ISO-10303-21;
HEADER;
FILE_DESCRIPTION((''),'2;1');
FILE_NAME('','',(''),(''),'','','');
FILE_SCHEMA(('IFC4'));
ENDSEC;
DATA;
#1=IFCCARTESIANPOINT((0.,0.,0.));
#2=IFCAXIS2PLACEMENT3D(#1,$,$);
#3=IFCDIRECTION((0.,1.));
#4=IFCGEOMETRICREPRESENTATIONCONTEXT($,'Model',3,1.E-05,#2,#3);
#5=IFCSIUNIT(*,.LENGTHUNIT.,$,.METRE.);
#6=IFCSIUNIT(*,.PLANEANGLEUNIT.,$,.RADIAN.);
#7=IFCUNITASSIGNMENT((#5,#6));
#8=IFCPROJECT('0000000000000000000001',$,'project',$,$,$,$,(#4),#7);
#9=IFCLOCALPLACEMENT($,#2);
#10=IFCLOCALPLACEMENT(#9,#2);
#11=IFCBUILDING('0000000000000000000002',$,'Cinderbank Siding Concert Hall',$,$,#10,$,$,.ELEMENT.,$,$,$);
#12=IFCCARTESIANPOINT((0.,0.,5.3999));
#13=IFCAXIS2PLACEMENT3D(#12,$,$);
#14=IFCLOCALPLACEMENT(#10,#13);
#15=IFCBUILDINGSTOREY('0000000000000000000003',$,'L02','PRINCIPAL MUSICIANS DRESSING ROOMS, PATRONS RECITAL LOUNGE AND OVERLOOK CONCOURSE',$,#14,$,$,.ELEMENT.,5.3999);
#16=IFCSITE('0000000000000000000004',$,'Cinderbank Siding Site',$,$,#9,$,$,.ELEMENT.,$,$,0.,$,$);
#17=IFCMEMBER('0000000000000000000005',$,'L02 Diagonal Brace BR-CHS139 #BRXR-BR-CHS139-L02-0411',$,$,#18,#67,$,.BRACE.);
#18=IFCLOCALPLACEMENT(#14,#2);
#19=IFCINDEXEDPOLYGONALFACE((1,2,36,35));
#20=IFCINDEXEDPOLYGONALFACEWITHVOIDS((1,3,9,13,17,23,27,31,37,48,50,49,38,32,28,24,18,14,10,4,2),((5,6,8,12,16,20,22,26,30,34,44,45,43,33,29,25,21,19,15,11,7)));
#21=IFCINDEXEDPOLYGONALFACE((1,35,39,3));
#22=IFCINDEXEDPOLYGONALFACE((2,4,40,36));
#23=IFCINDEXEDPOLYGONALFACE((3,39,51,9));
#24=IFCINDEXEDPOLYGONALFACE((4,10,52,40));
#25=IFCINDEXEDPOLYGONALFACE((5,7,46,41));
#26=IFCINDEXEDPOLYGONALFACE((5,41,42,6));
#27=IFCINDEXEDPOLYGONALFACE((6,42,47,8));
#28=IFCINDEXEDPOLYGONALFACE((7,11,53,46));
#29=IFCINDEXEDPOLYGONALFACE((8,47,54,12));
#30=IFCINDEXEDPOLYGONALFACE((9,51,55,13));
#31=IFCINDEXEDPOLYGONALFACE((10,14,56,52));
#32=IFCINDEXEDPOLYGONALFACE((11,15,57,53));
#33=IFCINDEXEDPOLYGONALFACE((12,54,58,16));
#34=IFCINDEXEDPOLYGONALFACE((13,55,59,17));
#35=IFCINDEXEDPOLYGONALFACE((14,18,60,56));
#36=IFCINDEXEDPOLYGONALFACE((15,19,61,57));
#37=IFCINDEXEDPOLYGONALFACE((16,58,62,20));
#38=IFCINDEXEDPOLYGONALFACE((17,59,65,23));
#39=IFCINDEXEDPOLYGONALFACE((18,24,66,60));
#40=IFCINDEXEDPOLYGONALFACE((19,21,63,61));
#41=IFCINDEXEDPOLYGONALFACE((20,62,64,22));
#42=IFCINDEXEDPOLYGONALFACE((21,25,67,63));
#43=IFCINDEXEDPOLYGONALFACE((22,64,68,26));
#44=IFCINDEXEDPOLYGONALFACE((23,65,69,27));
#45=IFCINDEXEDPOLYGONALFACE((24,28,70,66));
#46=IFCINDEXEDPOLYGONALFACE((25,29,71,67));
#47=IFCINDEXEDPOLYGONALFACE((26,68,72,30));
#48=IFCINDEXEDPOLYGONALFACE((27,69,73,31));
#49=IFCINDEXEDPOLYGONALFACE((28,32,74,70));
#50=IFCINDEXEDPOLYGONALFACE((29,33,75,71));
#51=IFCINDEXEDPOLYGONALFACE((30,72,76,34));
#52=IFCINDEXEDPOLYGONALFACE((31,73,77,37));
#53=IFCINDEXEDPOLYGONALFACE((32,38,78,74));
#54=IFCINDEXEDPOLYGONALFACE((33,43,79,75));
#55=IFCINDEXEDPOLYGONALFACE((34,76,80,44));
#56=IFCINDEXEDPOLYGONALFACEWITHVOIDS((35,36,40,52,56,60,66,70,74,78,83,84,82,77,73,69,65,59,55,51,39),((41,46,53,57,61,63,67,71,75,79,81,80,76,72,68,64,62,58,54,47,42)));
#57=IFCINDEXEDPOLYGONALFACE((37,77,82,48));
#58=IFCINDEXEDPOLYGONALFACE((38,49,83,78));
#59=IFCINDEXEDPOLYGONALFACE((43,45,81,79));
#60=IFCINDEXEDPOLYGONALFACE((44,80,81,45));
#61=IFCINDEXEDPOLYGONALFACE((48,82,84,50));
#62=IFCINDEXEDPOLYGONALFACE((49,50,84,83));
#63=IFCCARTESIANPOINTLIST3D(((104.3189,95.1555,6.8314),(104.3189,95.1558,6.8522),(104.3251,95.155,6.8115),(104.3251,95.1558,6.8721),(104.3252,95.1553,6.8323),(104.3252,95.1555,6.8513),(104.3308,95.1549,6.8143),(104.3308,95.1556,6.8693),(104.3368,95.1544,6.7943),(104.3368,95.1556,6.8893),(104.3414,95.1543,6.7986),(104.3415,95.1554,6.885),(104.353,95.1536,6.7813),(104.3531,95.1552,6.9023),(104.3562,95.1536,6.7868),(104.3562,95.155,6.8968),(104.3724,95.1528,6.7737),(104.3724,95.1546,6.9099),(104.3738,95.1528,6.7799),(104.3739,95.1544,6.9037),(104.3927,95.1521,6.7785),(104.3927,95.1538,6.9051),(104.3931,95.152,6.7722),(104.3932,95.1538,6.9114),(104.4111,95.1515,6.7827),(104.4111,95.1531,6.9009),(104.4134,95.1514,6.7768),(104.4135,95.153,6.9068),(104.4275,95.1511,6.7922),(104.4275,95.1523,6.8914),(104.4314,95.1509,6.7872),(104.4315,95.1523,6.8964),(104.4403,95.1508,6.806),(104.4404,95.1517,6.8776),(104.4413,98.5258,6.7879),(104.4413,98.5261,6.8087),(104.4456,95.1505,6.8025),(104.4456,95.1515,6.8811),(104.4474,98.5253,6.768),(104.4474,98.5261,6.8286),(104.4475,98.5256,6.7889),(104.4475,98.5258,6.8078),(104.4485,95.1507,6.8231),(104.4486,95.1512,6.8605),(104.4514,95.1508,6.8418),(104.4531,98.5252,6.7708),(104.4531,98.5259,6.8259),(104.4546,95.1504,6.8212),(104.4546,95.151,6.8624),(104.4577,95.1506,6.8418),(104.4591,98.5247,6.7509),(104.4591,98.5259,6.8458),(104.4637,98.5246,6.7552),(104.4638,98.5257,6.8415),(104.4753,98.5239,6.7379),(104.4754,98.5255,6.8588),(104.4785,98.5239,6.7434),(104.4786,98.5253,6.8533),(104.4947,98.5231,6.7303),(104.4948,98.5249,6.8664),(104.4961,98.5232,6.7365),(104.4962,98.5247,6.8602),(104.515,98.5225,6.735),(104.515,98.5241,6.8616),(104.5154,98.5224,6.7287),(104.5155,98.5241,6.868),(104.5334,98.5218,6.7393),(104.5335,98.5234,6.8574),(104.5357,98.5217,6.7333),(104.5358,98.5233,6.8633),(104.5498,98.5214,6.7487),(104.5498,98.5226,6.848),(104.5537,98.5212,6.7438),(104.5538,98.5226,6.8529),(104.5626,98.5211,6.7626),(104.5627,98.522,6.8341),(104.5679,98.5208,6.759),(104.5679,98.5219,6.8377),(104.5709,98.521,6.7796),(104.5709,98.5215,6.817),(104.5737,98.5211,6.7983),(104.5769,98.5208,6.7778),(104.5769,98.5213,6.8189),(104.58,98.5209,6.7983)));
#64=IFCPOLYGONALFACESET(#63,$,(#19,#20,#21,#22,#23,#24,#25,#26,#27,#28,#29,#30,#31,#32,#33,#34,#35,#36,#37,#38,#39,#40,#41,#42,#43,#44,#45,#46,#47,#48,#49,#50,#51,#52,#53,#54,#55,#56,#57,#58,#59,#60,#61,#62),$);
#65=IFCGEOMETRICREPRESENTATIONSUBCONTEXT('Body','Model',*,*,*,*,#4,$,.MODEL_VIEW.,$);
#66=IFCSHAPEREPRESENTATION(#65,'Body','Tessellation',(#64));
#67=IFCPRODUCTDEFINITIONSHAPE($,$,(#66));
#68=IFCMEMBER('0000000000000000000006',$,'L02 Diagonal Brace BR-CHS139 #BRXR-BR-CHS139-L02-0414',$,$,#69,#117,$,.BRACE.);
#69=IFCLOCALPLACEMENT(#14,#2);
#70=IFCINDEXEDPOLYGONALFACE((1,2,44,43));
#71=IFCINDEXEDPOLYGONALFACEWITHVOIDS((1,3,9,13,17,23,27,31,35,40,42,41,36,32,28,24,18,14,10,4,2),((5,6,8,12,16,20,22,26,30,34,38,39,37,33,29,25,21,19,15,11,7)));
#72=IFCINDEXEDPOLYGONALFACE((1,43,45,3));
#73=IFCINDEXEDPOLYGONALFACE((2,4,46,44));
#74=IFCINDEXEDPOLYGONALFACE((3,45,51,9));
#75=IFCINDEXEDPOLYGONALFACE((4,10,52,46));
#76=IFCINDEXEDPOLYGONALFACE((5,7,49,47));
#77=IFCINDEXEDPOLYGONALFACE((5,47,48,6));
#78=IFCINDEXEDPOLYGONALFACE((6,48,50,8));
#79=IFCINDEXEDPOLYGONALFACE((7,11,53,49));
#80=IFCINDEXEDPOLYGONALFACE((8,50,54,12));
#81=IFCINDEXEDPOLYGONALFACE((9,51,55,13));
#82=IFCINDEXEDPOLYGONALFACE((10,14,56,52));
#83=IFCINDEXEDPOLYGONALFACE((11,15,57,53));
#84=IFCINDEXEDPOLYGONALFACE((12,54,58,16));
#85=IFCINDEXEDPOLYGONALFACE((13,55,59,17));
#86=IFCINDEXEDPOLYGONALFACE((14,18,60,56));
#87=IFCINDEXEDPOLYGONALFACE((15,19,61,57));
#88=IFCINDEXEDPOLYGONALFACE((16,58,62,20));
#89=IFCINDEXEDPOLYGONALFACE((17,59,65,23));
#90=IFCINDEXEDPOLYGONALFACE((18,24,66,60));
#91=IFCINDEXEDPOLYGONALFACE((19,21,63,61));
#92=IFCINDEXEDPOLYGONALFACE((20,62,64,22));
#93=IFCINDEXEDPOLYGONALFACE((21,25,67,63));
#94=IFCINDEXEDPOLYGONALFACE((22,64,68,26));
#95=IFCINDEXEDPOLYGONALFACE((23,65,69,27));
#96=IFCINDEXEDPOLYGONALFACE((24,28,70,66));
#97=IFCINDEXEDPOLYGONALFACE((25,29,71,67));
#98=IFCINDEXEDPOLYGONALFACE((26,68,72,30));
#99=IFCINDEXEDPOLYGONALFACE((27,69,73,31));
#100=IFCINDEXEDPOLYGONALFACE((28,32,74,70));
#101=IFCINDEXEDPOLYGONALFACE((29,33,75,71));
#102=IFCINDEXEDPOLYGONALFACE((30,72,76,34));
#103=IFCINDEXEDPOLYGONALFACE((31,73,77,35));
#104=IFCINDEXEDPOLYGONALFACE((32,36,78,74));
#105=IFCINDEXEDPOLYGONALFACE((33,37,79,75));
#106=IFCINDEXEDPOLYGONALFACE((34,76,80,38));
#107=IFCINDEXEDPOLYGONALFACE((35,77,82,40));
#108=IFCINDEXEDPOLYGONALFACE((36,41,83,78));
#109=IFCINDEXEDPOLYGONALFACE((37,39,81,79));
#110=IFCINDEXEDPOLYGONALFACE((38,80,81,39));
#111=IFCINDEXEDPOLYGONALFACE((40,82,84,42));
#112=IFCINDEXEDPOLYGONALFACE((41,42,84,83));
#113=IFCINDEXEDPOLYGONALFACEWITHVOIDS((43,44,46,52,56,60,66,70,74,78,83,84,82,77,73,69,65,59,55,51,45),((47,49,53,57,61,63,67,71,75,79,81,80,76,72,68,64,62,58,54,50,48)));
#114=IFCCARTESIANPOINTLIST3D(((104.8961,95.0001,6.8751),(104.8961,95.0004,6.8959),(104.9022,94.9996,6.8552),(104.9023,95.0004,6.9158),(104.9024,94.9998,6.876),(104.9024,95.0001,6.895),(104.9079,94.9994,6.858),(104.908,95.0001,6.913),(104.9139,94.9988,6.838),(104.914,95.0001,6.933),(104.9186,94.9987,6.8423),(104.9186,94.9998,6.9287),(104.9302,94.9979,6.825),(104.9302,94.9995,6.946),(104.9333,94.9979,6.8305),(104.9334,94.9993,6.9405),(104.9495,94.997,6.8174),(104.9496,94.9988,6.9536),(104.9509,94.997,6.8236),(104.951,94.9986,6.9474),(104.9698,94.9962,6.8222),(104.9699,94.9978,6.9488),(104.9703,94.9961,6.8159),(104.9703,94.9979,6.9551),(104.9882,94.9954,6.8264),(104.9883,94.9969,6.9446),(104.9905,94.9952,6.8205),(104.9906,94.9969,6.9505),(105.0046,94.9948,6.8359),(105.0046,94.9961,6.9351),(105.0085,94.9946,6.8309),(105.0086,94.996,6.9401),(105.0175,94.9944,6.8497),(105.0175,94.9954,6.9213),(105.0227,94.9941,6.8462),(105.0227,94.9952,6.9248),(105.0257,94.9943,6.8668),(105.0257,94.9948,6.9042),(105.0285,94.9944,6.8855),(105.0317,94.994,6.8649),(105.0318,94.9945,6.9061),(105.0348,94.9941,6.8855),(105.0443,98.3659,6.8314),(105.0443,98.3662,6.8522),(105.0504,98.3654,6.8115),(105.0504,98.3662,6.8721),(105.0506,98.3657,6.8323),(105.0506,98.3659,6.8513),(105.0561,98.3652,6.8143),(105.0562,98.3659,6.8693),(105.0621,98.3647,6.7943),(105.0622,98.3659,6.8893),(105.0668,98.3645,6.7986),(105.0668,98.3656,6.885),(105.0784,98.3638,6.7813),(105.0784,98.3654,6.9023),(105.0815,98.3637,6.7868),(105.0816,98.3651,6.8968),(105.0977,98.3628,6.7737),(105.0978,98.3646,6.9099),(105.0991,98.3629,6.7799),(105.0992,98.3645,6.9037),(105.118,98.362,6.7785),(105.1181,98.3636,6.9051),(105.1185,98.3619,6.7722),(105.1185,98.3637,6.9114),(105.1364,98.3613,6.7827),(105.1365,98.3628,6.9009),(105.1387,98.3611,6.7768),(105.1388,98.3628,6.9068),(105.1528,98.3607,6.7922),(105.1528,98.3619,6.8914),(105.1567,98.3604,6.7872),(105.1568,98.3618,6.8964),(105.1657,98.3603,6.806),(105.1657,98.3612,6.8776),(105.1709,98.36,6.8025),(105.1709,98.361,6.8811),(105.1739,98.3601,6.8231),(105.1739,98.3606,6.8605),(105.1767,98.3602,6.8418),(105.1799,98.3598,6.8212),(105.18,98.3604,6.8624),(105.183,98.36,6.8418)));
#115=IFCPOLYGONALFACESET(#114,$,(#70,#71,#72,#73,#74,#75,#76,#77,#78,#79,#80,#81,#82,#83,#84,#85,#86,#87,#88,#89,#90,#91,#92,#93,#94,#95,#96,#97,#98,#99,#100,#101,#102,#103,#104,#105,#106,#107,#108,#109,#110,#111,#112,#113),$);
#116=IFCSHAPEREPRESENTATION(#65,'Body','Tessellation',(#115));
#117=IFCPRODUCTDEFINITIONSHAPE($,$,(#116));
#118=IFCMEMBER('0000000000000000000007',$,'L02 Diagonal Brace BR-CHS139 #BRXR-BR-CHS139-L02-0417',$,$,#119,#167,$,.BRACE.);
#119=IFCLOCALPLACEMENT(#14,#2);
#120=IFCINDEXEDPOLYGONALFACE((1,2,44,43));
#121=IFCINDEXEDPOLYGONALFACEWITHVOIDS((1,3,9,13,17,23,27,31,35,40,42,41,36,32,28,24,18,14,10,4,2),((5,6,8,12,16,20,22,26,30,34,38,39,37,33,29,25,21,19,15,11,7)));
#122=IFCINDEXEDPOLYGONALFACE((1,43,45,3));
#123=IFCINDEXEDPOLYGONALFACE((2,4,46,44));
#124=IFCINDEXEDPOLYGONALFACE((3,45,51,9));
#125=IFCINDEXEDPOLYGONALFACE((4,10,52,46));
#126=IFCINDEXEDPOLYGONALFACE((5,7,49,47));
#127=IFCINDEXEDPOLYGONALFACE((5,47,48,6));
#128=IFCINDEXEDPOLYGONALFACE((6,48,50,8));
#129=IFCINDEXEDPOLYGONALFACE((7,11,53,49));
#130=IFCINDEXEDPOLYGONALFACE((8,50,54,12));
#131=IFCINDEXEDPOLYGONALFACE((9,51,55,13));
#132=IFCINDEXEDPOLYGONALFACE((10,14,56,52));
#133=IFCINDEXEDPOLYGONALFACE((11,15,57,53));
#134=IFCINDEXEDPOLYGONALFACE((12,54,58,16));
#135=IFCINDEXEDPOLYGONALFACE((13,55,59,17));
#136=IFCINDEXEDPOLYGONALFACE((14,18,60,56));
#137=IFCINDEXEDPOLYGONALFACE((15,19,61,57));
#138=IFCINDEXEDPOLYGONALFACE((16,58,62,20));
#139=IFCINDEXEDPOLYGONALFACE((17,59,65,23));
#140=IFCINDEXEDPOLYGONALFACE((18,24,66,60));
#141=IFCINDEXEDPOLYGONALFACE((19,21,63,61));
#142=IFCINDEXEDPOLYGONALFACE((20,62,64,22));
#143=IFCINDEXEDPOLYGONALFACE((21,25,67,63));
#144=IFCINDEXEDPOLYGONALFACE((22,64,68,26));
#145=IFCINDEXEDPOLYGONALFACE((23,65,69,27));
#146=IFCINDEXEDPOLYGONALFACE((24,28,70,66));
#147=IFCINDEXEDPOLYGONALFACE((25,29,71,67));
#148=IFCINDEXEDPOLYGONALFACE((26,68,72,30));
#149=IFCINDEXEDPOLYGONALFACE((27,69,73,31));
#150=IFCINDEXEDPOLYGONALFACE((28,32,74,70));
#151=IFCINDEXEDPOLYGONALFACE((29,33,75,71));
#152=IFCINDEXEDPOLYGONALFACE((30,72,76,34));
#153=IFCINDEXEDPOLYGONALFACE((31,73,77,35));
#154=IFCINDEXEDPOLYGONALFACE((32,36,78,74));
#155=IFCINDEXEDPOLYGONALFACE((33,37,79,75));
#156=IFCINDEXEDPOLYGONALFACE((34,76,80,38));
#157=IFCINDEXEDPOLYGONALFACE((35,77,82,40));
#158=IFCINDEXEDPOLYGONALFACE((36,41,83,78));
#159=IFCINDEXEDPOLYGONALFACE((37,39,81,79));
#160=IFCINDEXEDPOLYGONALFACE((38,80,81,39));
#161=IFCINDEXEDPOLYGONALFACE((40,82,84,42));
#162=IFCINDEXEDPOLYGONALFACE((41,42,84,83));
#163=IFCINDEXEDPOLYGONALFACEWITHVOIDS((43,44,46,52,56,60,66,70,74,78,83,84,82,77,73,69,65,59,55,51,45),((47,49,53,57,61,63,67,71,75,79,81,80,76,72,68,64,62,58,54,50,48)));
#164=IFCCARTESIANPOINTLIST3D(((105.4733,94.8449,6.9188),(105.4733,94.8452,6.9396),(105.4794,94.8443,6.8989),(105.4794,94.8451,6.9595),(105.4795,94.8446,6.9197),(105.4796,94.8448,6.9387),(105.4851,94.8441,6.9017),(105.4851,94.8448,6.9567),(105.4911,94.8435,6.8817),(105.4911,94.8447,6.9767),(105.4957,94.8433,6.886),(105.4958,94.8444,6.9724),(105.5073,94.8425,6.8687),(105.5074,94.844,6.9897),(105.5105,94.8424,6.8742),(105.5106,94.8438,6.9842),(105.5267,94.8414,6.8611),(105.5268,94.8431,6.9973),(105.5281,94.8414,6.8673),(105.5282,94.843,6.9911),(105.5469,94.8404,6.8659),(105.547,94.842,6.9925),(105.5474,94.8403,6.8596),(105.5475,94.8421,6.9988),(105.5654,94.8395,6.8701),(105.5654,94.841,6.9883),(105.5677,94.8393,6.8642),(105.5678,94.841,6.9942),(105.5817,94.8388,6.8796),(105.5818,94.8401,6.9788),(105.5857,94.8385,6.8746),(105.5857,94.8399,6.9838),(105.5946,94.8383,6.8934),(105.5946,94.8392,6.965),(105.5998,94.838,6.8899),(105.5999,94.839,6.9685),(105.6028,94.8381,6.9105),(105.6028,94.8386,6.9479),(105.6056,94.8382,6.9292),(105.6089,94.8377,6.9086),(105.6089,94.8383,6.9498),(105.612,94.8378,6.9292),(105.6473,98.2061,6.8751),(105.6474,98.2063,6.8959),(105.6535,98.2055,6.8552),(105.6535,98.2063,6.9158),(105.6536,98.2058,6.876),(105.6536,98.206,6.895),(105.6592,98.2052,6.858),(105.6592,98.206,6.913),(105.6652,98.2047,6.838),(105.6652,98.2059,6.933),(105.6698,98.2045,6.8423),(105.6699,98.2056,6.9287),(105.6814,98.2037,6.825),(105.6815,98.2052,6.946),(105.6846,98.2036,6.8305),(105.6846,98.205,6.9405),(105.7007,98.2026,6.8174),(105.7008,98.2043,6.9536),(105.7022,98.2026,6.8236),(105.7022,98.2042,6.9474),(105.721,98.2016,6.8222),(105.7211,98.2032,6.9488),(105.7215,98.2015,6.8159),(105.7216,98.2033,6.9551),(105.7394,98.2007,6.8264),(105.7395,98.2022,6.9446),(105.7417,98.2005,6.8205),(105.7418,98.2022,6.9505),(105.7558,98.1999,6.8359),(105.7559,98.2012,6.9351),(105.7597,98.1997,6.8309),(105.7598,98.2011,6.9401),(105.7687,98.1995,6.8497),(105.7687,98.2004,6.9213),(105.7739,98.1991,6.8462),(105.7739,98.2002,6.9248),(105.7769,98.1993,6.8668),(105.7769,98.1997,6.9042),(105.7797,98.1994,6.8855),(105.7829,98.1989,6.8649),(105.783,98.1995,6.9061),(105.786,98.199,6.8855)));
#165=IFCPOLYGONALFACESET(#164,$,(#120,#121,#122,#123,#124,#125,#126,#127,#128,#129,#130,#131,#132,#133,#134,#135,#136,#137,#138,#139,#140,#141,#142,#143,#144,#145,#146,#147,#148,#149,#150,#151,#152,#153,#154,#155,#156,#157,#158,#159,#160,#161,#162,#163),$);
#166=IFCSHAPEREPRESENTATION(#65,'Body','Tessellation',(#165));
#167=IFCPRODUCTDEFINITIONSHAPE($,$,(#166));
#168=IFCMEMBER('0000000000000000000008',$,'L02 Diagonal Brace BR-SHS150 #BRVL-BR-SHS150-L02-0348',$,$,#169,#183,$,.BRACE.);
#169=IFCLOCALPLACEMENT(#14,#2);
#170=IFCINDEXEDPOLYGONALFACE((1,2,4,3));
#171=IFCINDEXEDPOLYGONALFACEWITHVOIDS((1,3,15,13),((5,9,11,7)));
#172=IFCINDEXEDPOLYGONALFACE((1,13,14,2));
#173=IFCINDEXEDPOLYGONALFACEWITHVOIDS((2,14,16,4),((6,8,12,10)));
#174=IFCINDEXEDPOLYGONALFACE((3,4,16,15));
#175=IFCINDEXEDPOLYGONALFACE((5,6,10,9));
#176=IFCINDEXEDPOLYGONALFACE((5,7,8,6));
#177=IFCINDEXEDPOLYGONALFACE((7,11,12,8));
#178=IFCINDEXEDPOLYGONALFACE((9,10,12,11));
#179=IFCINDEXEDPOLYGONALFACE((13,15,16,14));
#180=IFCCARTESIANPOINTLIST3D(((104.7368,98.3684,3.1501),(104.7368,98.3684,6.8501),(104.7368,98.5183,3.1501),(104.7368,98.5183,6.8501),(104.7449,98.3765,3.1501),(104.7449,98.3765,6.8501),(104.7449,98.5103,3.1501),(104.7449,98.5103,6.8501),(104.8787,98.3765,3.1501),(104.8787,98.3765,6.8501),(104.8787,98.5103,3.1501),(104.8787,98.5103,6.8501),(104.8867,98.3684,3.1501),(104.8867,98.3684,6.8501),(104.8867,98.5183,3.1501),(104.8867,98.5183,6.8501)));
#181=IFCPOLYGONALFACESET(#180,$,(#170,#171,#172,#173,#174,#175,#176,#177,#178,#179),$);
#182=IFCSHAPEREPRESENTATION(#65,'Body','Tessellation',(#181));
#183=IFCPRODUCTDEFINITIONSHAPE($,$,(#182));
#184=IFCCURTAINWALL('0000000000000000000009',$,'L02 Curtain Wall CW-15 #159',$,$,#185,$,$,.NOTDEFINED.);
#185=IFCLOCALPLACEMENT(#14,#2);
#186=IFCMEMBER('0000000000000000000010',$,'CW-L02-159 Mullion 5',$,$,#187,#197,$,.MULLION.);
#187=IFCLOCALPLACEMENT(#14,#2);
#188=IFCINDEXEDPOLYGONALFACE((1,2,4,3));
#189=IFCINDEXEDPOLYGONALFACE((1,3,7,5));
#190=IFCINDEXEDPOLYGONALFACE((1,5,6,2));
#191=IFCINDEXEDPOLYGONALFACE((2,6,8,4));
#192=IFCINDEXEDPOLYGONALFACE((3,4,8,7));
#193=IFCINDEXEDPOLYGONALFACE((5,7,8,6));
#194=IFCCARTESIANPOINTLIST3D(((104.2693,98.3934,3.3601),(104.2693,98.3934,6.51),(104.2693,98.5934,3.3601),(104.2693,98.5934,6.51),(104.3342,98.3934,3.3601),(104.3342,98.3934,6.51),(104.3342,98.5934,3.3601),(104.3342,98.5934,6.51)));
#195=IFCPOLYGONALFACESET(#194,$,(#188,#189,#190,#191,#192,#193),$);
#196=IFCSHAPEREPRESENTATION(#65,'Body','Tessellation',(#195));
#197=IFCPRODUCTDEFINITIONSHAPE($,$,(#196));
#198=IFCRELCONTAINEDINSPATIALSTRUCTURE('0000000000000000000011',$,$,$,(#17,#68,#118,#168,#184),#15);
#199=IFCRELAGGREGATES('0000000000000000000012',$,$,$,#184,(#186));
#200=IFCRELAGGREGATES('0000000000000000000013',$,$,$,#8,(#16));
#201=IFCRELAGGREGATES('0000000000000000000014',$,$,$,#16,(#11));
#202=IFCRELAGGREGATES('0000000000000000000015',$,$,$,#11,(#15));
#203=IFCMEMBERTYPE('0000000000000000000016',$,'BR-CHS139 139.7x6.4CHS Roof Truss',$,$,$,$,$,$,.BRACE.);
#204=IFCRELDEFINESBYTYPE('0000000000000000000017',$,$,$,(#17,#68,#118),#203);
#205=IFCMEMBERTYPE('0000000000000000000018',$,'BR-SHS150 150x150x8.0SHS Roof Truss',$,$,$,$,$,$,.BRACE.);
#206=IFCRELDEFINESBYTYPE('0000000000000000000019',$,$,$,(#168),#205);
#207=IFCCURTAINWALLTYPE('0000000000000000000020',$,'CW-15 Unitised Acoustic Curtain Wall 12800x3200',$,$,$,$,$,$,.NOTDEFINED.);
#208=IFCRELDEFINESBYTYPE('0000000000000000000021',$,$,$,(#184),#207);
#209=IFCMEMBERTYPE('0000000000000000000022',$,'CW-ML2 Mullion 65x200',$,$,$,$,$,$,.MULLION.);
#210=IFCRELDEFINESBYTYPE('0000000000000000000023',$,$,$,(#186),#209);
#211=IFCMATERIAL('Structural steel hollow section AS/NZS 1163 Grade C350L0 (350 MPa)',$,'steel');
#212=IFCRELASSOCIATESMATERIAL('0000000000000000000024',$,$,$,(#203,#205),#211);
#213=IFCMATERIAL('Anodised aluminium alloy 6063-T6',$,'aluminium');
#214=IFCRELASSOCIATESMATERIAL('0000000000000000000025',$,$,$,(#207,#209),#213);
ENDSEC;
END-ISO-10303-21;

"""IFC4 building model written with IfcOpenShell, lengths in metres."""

from ifc_helpers import new_model, si_unit, direction, frame, origin, origin_2d, place, context, subcontext, project, spatial, rectangle, hollow_rectangle, hollow_circle, extrude, material, material_profile, profile_set, type_object, element, aggregate, save


model = new_model("IFC4")

# Units and contexts
model_context = context("Model", 3, precision=1e-05, world=origin(), true_north=direction((0.0, 1.0)))
body_context = subcontext(model_context, "Body", "Model", "MODEL_VIEW")
ifc_project = project(units=[si_unit("LENGTHUNIT", "METRE"), si_unit("PLANEANGLEUNIT", "RADIAN")], contexts=[model_context])

# Site, building, storey
site_placement = place(None, origin())
site = spatial("IfcSite", under=ifc_project, at=site_placement, Name="Cinderbank Siding Site", CompositionType="ELEMENT", RefElevation=0.0)
building_placement = place(site_placement, origin())
building = spatial("IfcBuilding", under=site, at=building_placement, Name="Cinderbank Siding Concert Hall", CompositionType="ELEMENT")
storey_placement = place(building_placement, frame((0.0, 0.0, 5.3999)))
storey = spatial("IfcBuildingStorey", under=building, at=storey_placement, Name="L02", Description="PRINCIPAL MUSICIANS DRESSING ROOMS, PATRONS RECITAL LOUNGE AND OVERLOOK CONCOURSE", CompositionType="ELEMENT", Elevation=5.3999)

# Members
ifc_material_1 = material(Name="Structural steel hollow section AS/NZS 1163 Grade C350L0 (350 MPa)", Category="steel")
ifc_material_profile_1 = material_profile(ifc_material_1, hollow_circle(Radius=0.0698, WallThickness=0.0063, at=origin_2d()), Name="139.7x6.4CHS", Category="LoadBearing")
ifc_profile_set_1 = profile_set([ifc_material_profile_1], Name="Structural steel hollow section AS/NZS 1163 Grade C350L0 (350 MPa)")
member_type_1 = type_object("IfcMemberType", Name="BR-CHS139 139.7x6.4CHS Roof Truss", PredefinedType="BRACE", material=ifc_profile_set_1)
member_1_placement = place(storey_placement, frame((104.5103, 98.5234, 6.7983), z_axis=(-0.036264, -0.999259, 0.012884), x_axis=(0.999342, -0.036267, 0.0)))
element("IfcMember", 1, at=member_1_placement, inside=storey, type_object=member_type_1, Name="L02 Diagonal Brace BR-CHS139 #BRXR-BR-CHS139-L02-0411", PredefinedType="BRACE", context=body_context, shape_type="SweptSolid", body=[
    extrude(hollow_circle(Radius=0.0698, WallThickness=0.0063, at=origin_2d()), origin(), (0.0, 0.0, 1.0), 3.3728),
])
member_2_placement = place(storey_placement, frame((105.1133, 98.363, 6.8418), z_axis=(-0.043984, -0.998948, 0.012971), x_axis=(0.999032, -0.043988, 0.0)))
element("IfcMember", 2, at=member_2_placement, inside=storey, type_object=member_type_1, Name="L02 Diagonal Brace BR-CHS139 #BRXR-BR-CHS139-L02-0414", PredefinedType="BRACE", context=body_context, shape_type="SweptSolid", body=[
    extrude(hollow_circle(Radius=0.0698, WallThickness=0.0063, at=origin_2d()), origin(), (0.0, 0.0, 1.0), 3.3694),
])
member_3_placement = place(storey_placement, frame((105.7163, 98.2026, 6.8855), z_axis=(-0.051717, -0.998577, 0.012984), x_axis=(0.998662, -0.051721, 0.0)))
element("IfcMember", 3, at=member_3_placement, inside=storey, type_object=member_type_1, Name="L02 Diagonal Brace BR-CHS139 #BRXR-BR-CHS139-L02-0417", PredefinedType="BRACE", context=body_context, shape_type="SweptSolid", body=[
    extrude(hollow_circle(Radius=0.0698, WallThickness=0.0063, at=origin_2d()), origin(), (0.0, 0.0, 1.0), 3.366),
])
ifc_material_profile_2 = material_profile(ifc_material_1, hollow_rectangle(XDim=0.1499, YDim=0.1499, WallThickness=0.0081, at=origin_2d()), Name="150x150x8.0SHS", Category="LoadBearing")
ifc_profile_set_2 = profile_set([ifc_material_profile_2], Name="Structural steel hollow section AS/NZS 1163 Grade C350L0 (350 MPa)")
member_type_2 = type_object("IfcMemberType", Name="BR-SHS150 150x150x8.0SHS Roof Truss", PredefinedType="BRACE", material=ifc_profile_set_2)
member_4_placement = place(storey_placement, frame((104.8118, 98.4434, 3.1501), z_axis=(0.0, 0.0, 1.0), x_axis=(1.0, 0.0, 0.0)))
element("IfcMember", 4, at=member_4_placement, inside=storey, type_object=member_type_2, Name="L02 Diagonal Brace BR-SHS150 #BRVL-BR-SHS150-L02-0348", PredefinedType="BRACE", context=body_context, shape_type="SweptSolid", body=[
    extrude(hollow_rectangle(XDim=0.1499, YDim=0.1499, WallThickness=0.0081, at=origin_2d()), origin(), (0.0, 0.0, 1.0), 3.7),
])

# Curtain wall, member
ifc_material_2 = material(Name="Anodised aluminium alloy 6063-T6", Category="aluminium")
curtain_wall_type = type_object("IfcCurtainWallType", Name="CW-15 Unitised Acoustic Curtain Wall 12800x3200", PredefinedType="NOTDEFINED", material=ifc_material_2)
curtain_wall_placement = place(storey_placement, origin())
curtain_wall = element("IfcCurtainWall", 5, at=curtain_wall_placement, inside=storey, type_object=curtain_wall_type, Name="L02 Curtain Wall CW-15 #159", PredefinedType="NOTDEFINED")
ifc_material_profile_3 = material_profile(ifc_material_2, rectangle(XDim=0.0649, YDim=0.2, at=origin_2d()), Name="ALU-MULL-65x200", Category="LoadBearing")
ifc_profile_set_3 = profile_set([ifc_material_profile_3], Name="Anodised aluminium alloy 6063-T6")
member_type_3 = type_object("IfcMemberType", Name="CW-ML2 Mullion 65x200", PredefinedType="MULLION", material=ifc_profile_set_3)
member_5_placement = place(storey_placement, frame((104.3018, 98.4934, 3.3601), z_axis=(0.0, 0.0, 1.0), x_axis=(1.0, 0.0, 0.0)))
member_5 = element("IfcMember", 6, at=member_5_placement, type_object=member_type_3, Name="CW-L02-159 Mullion 5", PredefinedType="MULLION", context=body_context, shape_type="SweptSolid", body=[
    extrude(rectangle(XDim=0.0649, YDim=0.2, at=origin_2d()), origin(), (0.0, 0.0, 1.0), 3.1499),
])
aggregate(curtain_wall, [member_5])

save(model, "model.ifc")
